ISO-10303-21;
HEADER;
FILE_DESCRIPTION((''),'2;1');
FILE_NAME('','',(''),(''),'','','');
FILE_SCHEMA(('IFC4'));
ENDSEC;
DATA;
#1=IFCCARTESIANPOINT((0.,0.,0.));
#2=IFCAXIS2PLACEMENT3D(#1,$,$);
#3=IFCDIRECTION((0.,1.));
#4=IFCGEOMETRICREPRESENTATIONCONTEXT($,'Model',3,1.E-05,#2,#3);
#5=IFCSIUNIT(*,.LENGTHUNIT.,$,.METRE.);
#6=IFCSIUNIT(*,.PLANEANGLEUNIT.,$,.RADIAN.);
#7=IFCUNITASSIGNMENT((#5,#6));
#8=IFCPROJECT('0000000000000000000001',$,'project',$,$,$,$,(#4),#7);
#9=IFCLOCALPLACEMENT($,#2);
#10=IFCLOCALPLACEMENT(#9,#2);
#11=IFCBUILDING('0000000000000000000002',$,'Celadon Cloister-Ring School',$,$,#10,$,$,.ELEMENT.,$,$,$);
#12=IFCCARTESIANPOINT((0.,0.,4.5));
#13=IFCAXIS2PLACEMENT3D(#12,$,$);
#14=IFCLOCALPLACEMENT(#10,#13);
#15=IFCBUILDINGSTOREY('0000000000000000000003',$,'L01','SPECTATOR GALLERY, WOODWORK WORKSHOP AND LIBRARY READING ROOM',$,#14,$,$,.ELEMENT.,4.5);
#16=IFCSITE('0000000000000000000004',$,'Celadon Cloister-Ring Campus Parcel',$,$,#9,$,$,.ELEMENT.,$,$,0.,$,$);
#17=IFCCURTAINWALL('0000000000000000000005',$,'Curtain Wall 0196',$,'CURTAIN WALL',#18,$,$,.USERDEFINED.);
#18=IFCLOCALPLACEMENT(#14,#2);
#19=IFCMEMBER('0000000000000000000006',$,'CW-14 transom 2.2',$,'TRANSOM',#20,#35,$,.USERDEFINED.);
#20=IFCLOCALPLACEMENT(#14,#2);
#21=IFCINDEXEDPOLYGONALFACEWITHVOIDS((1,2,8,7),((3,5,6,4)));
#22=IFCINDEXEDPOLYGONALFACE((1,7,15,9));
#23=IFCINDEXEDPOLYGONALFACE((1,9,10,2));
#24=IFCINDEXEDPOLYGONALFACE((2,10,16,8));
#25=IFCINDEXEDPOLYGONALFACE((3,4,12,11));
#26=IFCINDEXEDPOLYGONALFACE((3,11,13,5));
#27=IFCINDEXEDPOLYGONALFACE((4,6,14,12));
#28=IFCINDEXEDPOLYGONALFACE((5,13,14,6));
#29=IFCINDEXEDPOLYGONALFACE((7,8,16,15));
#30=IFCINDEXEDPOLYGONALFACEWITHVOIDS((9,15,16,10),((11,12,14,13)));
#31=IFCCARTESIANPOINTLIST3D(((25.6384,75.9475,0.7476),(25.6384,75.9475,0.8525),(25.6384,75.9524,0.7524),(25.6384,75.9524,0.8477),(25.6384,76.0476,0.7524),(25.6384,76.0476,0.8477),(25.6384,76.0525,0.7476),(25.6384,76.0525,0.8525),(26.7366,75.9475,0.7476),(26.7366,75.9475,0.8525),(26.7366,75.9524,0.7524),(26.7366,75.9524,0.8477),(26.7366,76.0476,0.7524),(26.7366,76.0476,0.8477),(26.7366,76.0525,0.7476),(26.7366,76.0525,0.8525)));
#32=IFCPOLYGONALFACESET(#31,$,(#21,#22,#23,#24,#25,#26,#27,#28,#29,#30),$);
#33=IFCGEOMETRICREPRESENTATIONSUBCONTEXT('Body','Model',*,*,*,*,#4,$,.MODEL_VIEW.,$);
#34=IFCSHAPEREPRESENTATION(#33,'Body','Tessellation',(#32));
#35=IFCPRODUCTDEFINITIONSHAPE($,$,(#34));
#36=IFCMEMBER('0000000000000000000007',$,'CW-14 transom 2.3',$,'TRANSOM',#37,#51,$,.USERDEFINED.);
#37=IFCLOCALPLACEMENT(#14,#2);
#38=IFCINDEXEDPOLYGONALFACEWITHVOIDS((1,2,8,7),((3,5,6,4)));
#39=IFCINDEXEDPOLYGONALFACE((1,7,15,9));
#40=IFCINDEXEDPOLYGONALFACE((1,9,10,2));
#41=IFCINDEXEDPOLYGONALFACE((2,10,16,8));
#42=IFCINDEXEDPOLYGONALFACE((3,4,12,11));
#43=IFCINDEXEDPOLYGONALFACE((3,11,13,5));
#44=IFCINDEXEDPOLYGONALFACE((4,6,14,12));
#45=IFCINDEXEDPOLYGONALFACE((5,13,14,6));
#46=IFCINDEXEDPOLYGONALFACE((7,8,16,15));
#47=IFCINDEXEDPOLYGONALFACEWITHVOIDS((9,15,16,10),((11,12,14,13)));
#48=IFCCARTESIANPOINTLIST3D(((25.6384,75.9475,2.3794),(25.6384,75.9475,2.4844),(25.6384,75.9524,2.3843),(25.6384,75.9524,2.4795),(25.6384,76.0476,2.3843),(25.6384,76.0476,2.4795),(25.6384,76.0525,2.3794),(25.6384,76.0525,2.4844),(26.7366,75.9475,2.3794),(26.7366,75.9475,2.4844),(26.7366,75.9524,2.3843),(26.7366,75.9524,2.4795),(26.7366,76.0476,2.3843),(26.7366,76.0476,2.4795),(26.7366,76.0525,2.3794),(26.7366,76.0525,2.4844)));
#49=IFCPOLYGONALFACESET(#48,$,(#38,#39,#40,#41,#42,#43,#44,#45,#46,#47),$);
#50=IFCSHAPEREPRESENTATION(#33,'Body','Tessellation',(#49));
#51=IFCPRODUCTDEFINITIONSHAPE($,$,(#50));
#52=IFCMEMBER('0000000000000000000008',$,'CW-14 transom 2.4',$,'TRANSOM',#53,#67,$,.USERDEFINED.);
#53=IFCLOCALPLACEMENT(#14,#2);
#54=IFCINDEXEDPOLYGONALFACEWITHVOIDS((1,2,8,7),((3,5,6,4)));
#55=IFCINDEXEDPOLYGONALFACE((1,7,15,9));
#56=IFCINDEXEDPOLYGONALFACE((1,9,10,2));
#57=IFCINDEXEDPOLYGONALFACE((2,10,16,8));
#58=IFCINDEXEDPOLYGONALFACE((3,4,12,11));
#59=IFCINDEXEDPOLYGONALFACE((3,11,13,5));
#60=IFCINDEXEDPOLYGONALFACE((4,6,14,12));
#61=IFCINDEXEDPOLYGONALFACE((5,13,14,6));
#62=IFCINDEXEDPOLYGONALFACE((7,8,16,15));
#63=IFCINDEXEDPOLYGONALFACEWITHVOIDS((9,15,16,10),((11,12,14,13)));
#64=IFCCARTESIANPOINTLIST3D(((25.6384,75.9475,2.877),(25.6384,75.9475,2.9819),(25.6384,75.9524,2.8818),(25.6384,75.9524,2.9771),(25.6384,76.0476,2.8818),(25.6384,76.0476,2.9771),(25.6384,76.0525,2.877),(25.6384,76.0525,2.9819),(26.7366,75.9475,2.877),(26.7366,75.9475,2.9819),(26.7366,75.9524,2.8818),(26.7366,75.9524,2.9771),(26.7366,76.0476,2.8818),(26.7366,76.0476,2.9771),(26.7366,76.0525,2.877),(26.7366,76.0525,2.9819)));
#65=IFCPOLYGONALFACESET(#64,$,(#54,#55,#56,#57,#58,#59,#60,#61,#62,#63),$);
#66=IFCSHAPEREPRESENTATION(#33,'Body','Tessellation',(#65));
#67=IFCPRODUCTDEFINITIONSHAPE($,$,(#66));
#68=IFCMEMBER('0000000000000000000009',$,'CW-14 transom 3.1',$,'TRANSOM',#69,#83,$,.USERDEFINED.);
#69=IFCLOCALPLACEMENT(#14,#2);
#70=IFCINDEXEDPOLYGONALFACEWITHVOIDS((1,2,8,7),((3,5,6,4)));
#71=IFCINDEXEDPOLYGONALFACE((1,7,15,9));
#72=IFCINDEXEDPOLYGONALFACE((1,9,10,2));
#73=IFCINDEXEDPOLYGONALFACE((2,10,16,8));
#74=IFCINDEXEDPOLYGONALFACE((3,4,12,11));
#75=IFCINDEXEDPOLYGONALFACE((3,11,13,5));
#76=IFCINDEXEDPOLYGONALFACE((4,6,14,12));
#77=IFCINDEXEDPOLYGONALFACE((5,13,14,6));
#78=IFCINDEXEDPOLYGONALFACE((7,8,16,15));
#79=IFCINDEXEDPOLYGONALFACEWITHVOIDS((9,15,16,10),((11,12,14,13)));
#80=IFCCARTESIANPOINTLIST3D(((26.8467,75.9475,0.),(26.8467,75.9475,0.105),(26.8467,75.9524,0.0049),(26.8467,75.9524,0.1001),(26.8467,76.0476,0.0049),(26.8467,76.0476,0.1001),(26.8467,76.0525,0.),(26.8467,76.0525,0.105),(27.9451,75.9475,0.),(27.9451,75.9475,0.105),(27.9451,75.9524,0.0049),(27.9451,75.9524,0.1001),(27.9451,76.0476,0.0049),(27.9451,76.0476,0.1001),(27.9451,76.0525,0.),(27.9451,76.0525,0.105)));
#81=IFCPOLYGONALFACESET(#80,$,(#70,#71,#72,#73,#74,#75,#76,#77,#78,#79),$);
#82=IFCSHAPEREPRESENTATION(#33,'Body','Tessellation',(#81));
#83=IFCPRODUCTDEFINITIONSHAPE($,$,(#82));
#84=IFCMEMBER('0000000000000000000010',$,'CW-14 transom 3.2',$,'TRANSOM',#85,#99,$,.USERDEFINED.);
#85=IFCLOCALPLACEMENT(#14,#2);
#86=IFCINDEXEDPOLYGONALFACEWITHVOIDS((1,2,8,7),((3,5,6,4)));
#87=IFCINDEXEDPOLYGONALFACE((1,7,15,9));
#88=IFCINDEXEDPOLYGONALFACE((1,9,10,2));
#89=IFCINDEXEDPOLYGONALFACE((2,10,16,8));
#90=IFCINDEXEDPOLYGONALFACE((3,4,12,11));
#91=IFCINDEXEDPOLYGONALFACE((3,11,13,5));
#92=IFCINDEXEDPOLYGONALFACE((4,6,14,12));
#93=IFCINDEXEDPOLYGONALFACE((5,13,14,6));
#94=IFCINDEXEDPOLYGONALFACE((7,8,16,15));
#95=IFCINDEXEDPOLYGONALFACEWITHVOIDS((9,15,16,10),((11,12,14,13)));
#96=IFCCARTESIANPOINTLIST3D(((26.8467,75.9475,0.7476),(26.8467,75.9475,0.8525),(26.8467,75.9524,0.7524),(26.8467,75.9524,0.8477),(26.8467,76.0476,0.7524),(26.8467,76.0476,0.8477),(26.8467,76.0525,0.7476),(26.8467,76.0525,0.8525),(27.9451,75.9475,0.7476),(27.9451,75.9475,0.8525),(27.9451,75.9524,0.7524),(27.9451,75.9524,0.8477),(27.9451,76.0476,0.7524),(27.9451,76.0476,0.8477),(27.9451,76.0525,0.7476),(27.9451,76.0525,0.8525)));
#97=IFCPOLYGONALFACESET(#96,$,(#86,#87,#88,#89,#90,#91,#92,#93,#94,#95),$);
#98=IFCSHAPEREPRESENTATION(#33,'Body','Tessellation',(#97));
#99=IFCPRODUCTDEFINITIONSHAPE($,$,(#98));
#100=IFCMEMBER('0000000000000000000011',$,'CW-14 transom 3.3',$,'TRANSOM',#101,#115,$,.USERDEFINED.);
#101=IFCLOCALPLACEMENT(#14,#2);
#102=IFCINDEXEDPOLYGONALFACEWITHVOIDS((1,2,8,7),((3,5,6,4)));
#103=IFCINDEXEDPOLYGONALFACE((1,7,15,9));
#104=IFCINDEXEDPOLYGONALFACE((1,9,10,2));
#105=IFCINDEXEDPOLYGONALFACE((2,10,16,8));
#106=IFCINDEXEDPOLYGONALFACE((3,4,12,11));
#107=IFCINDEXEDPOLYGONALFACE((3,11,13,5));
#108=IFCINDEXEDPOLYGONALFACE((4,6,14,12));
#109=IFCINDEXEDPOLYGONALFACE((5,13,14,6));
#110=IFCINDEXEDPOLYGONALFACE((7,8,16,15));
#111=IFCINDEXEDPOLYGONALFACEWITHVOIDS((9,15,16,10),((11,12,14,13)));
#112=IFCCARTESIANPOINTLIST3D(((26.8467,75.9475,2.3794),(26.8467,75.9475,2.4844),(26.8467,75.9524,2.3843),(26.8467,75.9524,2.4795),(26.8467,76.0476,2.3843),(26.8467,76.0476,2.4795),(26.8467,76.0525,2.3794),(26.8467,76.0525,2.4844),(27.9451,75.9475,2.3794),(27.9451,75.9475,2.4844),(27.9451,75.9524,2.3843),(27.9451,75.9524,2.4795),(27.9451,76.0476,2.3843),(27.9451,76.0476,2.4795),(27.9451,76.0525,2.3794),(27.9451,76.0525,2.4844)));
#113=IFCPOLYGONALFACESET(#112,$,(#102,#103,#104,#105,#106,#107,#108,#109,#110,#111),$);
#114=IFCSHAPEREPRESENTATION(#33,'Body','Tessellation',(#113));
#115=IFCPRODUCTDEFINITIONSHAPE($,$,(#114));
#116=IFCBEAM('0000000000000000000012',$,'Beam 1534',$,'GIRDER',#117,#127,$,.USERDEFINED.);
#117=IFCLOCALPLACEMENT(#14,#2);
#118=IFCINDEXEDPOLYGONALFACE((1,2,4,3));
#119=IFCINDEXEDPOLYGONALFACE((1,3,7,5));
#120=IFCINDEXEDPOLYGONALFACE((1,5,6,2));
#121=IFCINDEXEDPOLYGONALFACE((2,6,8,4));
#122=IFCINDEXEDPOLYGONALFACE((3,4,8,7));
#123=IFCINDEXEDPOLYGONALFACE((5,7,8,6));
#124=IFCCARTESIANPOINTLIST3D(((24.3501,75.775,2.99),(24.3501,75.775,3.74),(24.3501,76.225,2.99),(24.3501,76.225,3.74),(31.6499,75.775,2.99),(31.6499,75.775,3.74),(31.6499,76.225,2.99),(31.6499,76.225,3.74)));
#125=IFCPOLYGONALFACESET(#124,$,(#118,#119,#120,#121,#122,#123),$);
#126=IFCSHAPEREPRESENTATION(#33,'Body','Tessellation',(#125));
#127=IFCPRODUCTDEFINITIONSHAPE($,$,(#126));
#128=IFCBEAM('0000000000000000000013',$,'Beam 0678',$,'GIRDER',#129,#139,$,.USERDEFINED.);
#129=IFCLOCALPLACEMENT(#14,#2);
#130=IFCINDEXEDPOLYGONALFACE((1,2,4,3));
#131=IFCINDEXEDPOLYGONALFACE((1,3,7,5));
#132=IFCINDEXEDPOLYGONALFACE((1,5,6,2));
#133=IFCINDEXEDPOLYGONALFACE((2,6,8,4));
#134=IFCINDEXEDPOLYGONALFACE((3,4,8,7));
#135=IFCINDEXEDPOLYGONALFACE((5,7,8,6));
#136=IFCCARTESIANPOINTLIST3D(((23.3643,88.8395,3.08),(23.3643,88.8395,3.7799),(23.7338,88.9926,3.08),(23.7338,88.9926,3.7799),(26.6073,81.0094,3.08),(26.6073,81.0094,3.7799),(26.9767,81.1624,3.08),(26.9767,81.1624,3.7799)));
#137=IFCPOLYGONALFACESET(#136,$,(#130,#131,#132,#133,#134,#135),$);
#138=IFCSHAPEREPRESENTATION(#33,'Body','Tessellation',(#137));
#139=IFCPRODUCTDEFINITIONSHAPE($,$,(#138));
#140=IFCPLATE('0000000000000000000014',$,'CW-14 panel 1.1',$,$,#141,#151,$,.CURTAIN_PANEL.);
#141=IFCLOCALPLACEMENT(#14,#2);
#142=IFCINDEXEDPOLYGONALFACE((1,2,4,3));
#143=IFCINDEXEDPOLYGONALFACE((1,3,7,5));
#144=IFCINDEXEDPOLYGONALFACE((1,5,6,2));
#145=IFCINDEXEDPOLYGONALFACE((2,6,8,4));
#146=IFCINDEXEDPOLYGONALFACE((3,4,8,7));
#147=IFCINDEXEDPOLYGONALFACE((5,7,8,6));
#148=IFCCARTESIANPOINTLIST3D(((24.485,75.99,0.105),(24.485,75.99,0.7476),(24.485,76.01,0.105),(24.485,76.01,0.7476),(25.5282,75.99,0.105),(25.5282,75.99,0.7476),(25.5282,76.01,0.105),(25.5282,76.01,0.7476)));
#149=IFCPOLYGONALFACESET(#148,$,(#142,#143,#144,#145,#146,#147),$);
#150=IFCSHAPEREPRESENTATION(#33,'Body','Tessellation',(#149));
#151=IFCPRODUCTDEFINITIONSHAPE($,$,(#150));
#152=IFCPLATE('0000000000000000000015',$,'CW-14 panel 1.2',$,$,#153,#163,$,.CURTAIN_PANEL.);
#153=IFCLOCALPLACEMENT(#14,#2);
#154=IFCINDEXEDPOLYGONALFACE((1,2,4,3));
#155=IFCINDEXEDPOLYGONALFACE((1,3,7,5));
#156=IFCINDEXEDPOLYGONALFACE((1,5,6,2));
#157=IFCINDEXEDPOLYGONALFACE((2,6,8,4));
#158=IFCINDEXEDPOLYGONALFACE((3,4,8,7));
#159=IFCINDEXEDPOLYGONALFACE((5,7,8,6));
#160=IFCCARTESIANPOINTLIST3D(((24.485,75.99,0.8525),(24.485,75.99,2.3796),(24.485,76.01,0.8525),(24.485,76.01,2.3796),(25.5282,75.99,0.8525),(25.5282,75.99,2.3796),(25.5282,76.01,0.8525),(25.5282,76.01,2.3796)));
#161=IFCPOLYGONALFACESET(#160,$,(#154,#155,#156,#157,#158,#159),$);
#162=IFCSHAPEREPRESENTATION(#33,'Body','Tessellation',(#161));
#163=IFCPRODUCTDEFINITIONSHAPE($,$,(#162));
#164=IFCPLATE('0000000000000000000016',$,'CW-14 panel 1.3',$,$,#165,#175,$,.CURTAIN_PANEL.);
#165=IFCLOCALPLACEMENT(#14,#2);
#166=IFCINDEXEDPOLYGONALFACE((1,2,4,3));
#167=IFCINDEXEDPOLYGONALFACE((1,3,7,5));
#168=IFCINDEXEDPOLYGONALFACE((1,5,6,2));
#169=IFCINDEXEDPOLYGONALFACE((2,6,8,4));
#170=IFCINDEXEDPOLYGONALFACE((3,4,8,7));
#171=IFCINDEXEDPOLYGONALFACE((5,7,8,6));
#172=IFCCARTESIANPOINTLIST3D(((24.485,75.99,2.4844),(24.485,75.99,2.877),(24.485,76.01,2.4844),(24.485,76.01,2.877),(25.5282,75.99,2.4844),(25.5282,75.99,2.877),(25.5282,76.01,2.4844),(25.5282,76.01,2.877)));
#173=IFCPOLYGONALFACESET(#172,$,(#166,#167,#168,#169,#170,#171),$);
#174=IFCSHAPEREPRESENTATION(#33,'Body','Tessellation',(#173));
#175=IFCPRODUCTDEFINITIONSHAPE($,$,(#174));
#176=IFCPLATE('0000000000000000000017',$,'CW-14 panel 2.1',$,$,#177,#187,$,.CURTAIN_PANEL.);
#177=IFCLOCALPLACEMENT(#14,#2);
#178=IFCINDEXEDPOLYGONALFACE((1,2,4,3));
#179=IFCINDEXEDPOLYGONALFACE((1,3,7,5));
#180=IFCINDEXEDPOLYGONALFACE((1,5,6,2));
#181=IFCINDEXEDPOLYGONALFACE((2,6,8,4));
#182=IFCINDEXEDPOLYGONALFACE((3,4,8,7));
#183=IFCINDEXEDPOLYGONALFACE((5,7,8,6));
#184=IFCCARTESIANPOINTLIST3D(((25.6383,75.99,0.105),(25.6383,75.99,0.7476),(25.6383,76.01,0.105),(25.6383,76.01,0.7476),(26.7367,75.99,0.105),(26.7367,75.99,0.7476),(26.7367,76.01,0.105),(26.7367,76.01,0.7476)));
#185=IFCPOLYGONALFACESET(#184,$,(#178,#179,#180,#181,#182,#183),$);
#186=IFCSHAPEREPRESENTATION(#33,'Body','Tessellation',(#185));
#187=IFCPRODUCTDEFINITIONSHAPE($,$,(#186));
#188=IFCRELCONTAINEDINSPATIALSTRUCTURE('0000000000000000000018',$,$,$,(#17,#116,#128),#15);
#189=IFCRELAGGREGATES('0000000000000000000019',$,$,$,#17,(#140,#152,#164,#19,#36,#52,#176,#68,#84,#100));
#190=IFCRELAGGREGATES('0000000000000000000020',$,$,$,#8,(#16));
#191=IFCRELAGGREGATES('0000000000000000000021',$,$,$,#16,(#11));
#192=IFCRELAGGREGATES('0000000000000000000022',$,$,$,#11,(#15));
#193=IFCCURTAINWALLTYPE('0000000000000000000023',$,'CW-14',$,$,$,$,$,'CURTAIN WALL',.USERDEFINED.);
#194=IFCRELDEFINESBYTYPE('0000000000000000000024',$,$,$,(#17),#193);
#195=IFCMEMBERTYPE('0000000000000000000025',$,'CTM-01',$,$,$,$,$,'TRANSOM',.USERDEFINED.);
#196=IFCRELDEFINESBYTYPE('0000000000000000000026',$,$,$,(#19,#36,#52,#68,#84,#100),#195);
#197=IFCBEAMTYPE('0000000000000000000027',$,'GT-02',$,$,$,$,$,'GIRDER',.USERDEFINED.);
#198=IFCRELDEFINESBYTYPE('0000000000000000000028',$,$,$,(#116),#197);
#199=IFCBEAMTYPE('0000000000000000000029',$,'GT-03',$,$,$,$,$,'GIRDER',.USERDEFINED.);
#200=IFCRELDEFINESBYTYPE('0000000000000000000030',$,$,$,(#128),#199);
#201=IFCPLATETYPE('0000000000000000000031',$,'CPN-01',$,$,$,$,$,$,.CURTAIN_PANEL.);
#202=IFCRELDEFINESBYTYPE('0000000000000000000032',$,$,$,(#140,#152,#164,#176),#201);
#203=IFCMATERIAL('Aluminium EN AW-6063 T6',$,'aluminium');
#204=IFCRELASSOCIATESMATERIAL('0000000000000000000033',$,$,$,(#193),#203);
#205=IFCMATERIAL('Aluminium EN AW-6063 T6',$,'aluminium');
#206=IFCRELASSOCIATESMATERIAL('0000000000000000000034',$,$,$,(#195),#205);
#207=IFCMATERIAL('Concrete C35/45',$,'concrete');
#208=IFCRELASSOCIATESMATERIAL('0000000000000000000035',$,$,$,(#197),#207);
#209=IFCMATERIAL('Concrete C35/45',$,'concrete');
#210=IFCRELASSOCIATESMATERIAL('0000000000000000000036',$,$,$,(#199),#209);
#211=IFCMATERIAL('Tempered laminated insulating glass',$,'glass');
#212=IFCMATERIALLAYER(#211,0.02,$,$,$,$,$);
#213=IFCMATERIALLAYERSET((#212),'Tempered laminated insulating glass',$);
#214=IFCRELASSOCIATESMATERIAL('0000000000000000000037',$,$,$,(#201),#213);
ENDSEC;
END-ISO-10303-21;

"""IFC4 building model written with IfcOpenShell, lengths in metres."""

from ifc_helpers import new_model, si_unit, direction, frame, origin, origin_2d, place, context, subcontext, project, spatial, rectangle, hollow_rectangle, extrude, material, layer, layer_set, material_profile, profile_set, type_object, element, aggregate, save


model = new_model("IFC4")

# Units and contexts
model_context = context("Model", 3, precision=1e-05, world=origin(), true_north=direction((0.0, 1.0)))
body_context = subcontext(model_context, "Body", "Model", "MODEL_VIEW")
ifc_project = project(units=[si_unit("LENGTHUNIT", "METRE"), si_unit("PLANEANGLEUNIT", "RADIAN")], contexts=[model_context])

# Site, building, storey
site_placement = place(None, origin())
site = spatial("IfcSite", under=ifc_project, at=site_placement, Name="Celadon Cloister-Ring Campus Parcel", CompositionType="ELEMENT", RefElevation=0.0)
building_placement = place(site_placement, origin())
building = spatial("IfcBuilding", under=site, at=building_placement, Name="Celadon Cloister-Ring School", CompositionType="ELEMENT")
storey_placement = place(building_placement, frame((0.0, 0.0, 4.5)))
storey = spatial("IfcBuildingStorey", under=building, at=storey_placement, Name="L01", Description="SPECTATOR GALLERY, WOODWORK WORKSHOP AND LIBRARY READING ROOM", CompositionType="ELEMENT", Elevation=4.5)

# Curtain wall, members
ifc_material_1 = material(Name="Aluminium EN AW-6063 T6", Category="aluminium")
curtain_wall_type = type_object("IfcCurtainWallType", Name="CW-14", ElementType="CURTAIN WALL", PredefinedType="USERDEFINED", material=ifc_material_1)
curtain_wall_placement = place(storey_placement, origin())
curtain_wall = element("IfcCurtainWall", 1, at=curtain_wall_placement, inside=storey, type_object=curtain_wall_type, Name="Curtain Wall 0196", ObjectType="CURTAIN WALL", PredefinedType="USERDEFINED")
ifc_material_2 = material(Name="Aluminium EN AW-6063 T6", Category="aluminium")
ifc_material_profile_1 = material_profile(ifc_material_2, hollow_rectangle(XDim=0.105, YDim=0.105, WallThickness=0.0049, at=origin_2d()), Name="RHS105X105X5")
ifc_profile_set_1 = profile_set([ifc_material_profile_1], Name="Aluminium EN AW-6063 T6")
member_type_1 = type_object("IfcMemberType", Name="CTM-01", ElementType="TRANSOM", PredefinedType="USERDEFINED", material=ifc_profile_set_1)
member_1_placement = place(storey_placement, frame((25.6384, 76.0, 0.8), z_axis=(1.0, 0.0, 0.0), x_axis=(0.0, 1.0, 0.0)))
member_1 = element("IfcMember", 2, at=member_1_placement, type_object=member_type_1, Name="CW-14 transom 2.2", ObjectType="TRANSOM", PredefinedType="USERDEFINED", context=body_context, shape_type="SweptSolid", body=[
    extrude(hollow_rectangle(XDim=0.105, YDim=0.105, WallThickness=0.0049, at=origin_2d()), origin(), (0.0, 0.0, 1.0), 1.0981),
])
member_2_placement = place(storey_placement, frame((25.6384, 76.0, 2.4319), z_axis=(1.0, 0.0, 0.0), x_axis=(0.0, 1.0, 0.0)))
member_2 = element("IfcMember", 3, at=member_2_placement, type_object=member_type_1, Name="CW-14 transom 2.3", ObjectType="TRANSOM", PredefinedType="USERDEFINED", context=body_context, shape_type="SweptSolid", body=[
    extrude(hollow_rectangle(XDim=0.105, YDim=0.105, WallThickness=0.0049, at=origin_2d()), origin(), (0.0, 0.0, 1.0), 1.0981),
])
member_3_placement = place(storey_placement, frame((25.6384, 76.0, 2.9294), z_axis=(1.0, 0.0, 0.0), x_axis=(0.0, 1.0, 0.0)))
member_3 = element("IfcMember", 4, at=member_3_placement, type_object=member_type_1, Name="CW-14 transom 2.4", ObjectType="TRANSOM", PredefinedType="USERDEFINED", context=body_context, shape_type="SweptSolid", body=[
    extrude(hollow_rectangle(XDim=0.105, YDim=0.105, WallThickness=0.0049, at=origin_2d()), origin(), (0.0, 0.0, 1.0), 1.0981),
])
member_4_placement = place(storey_placement, frame((26.8467, 76.0, 0.0525), z_axis=(1.0, 0.0, 0.0), x_axis=(0.0, 1.0, 0.0)))
member_4 = element("IfcMember", 5, at=member_4_placement, type_object=member_type_1, Name="CW-14 transom 3.1", ObjectType="TRANSOM", PredefinedType="USERDEFINED", context=body_context, shape_type="SweptSolid", body=[
    extrude(hollow_rectangle(XDim=0.105, YDim=0.105, WallThickness=0.0049, at=origin_2d()), origin(), (0.0, 0.0, 1.0), 1.0984),
])
member_5_placement = place(storey_placement, frame((26.8467, 76.0, 0.8), z_axis=(1.0, 0.0, 0.0), x_axis=(0.0, 1.0, 0.0)))
member_5 = element("IfcMember", 6, at=member_5_placement, type_object=member_type_1, Name="CW-14 transom 3.2", ObjectType="TRANSOM", PredefinedType="USERDEFINED", context=body_context, shape_type="SweptSolid", body=[
    extrude(hollow_rectangle(XDim=0.105, YDim=0.105, WallThickness=0.0049, at=origin_2d()), origin(), (0.0, 0.0, 1.0), 1.0984),
])
member_6_placement = place(storey_placement, frame((26.8467, 76.0, 2.4319), z_axis=(1.0, 0.0, 0.0), x_axis=(0.0, 1.0, 0.0)))
member_6 = element("IfcMember", 7, at=member_6_placement, type_object=member_type_1, Name="CW-14 transom 3.3", ObjectType="TRANSOM", PredefinedType="USERDEFINED", context=body_context, shape_type="SweptSolid", body=[
    extrude(hollow_rectangle(XDim=0.105, YDim=0.105, WallThickness=0.0049, at=origin_2d()), origin(), (0.0, 0.0, 1.0), 1.0984),
])

# Beams
ifc_material_3 = material(Name="Concrete C35/45", Category="concrete")
ifc_material_profile_2 = material_profile(ifc_material_3, rectangle(XDim=0.45, YDim=0.75, at=origin_2d()), Name="RC450X750")
ifc_profile_set_2 = profile_set([ifc_material_profile_2], Name="Concrete C35/45")
beam_type_1 = type_object("IfcBeamType", Name="GT-02", ElementType="GIRDER", PredefinedType="USERDEFINED", material=ifc_profile_set_2)
beam_1_placement = place(storey_placement, frame((24.3501, 76.0, 3.365), z_axis=(1.0, 0.0, 0.0), x_axis=(0.0, 1.0, 0.0)))
element("IfcBeam", 8, at=beam_1_placement, inside=storey, type_object=beam_type_1, Name="Beam 1534", ObjectType="GIRDER", PredefinedType="USERDEFINED", context=body_context, shape_type="SweptSolid", body=[
    extrude(rectangle(XDim=0.45, YDim=0.75, at=origin_2d()), origin(), (0.0, 0.0, 1.0), 7.2998),
])
ifc_material_4 = material(Name="Concrete C35/45", Category="concrete")
ifc_material_profile_3 = material_profile(ifc_material_4, rectangle(XDim=0.3999, YDim=0.7, at=origin_2d()), Name="RC400X700")
ifc_profile_set_3 = profile_set([ifc_material_profile_3], Name="Concrete C35/45")
beam_type_2 = type_object("IfcBeamType", Name="GT-03", ElementType="GIRDER", PredefinedType="USERDEFINED", material=ifc_profile_set_3)
beam_2_placement = place(storey_placement, frame((26.792, 81.0859, 3.4299), z_axis=(-0.382643, 0.923896, 0.0), x_axis=(-0.923896, -0.382643, 0.0)))
element("IfcBeam", 9, at=beam_2_placement, inside=storey, type_object=beam_type_2, Name="Beam 0678", ObjectType="GIRDER", PredefinedType="USERDEFINED", context=body_context, shape_type="SweptSolid", body=[
    extrude(rectangle(XDim=0.3999, YDim=0.7, at=origin_2d()), origin(), (0.0, 0.0, 1.0), 8.4751),
])

# Plates
ifc_material_5 = material(Name="Tempered laminated insulating glass", Category="glass")
ifc_layer_1 = layer(ifc_material_5, 0.02)
ifc_layer_set_1 = layer_set([ifc_layer_1], Name="Tempered laminated insulating glass")
plate_type = type_object("IfcPlateType", Name="CPN-01", PredefinedType="CURTAIN_PANEL", material=ifc_layer_set_1)
plate_1_placement = place(storey_placement, frame((25.0066, 76.0, 0.105), z_axis=(0.0, 0.0, 1.0), x_axis=(1.0, 0.0, 0.0)))
plate_1 = element("IfcPlate", 10, at=plate_1_placement, type_object=plate_type, Name="CW-14 panel 1.1", PredefinedType="CURTAIN_PANEL", context=body_context, shape_type="SweptSolid", body=[
    extrude(rectangle(XDim=1.0432, YDim=0.02, at=origin_2d()), origin(), (0.0, 0.0, 1.0), 0.6426),
])
plate_2_placement = place(storey_placement, frame((25.0066, 76.0, 0.8525), z_axis=(0.0, 0.0, 1.0), x_axis=(1.0, 0.0, 0.0)))
plate_2 = element("IfcPlate", 11, at=plate_2_placement, type_object=plate_type, Name="CW-14 panel 1.2", PredefinedType="CURTAIN_PANEL", context=body_context, shape_type="SweptSolid", body=[
    extrude(rectangle(XDim=1.0432, YDim=0.02, at=origin_2d()), origin(), (0.0, 0.0, 1.0), 1.5271),
])
plate_3_placement = place(storey_placement, frame((25.0066, 76.0, 2.4844), z_axis=(0.0, 0.0, 1.0), x_axis=(1.0, 0.0, 0.0)))
plate_3 = element("IfcPlate", 12, at=plate_3_placement, type_object=plate_type, Name="CW-14 panel 1.3", PredefinedType="CURTAIN_PANEL", context=body_context, shape_type="SweptSolid", body=[
    extrude(rectangle(XDim=1.0432, YDim=0.02, at=origin_2d()), origin(), (0.0, 0.0, 1.0), 0.3926),
])
plate_4_placement = place(storey_placement, frame((26.1875, 76.0, 0.105), z_axis=(0.0, 0.0, 1.0), x_axis=(1.0, 0.0, 0.0)))
plate_4 = element("IfcPlate", 13, at=plate_4_placement, type_object=plate_type, Name="CW-14 panel 2.1", PredefinedType="CURTAIN_PANEL", context=body_context, shape_type="SweptSolid", body=[
    extrude(rectangle(XDim=1.0984, YDim=0.02, at=origin_2d()), origin(), (0.0, 0.0, 1.0), 0.6426),
])
aggregate(curtain_wall, [plate_1, plate_2, plate_3, member_1, member_2, member_3, plate_4, member_4, member_5, member_6])

save(model, "model.ifc")
